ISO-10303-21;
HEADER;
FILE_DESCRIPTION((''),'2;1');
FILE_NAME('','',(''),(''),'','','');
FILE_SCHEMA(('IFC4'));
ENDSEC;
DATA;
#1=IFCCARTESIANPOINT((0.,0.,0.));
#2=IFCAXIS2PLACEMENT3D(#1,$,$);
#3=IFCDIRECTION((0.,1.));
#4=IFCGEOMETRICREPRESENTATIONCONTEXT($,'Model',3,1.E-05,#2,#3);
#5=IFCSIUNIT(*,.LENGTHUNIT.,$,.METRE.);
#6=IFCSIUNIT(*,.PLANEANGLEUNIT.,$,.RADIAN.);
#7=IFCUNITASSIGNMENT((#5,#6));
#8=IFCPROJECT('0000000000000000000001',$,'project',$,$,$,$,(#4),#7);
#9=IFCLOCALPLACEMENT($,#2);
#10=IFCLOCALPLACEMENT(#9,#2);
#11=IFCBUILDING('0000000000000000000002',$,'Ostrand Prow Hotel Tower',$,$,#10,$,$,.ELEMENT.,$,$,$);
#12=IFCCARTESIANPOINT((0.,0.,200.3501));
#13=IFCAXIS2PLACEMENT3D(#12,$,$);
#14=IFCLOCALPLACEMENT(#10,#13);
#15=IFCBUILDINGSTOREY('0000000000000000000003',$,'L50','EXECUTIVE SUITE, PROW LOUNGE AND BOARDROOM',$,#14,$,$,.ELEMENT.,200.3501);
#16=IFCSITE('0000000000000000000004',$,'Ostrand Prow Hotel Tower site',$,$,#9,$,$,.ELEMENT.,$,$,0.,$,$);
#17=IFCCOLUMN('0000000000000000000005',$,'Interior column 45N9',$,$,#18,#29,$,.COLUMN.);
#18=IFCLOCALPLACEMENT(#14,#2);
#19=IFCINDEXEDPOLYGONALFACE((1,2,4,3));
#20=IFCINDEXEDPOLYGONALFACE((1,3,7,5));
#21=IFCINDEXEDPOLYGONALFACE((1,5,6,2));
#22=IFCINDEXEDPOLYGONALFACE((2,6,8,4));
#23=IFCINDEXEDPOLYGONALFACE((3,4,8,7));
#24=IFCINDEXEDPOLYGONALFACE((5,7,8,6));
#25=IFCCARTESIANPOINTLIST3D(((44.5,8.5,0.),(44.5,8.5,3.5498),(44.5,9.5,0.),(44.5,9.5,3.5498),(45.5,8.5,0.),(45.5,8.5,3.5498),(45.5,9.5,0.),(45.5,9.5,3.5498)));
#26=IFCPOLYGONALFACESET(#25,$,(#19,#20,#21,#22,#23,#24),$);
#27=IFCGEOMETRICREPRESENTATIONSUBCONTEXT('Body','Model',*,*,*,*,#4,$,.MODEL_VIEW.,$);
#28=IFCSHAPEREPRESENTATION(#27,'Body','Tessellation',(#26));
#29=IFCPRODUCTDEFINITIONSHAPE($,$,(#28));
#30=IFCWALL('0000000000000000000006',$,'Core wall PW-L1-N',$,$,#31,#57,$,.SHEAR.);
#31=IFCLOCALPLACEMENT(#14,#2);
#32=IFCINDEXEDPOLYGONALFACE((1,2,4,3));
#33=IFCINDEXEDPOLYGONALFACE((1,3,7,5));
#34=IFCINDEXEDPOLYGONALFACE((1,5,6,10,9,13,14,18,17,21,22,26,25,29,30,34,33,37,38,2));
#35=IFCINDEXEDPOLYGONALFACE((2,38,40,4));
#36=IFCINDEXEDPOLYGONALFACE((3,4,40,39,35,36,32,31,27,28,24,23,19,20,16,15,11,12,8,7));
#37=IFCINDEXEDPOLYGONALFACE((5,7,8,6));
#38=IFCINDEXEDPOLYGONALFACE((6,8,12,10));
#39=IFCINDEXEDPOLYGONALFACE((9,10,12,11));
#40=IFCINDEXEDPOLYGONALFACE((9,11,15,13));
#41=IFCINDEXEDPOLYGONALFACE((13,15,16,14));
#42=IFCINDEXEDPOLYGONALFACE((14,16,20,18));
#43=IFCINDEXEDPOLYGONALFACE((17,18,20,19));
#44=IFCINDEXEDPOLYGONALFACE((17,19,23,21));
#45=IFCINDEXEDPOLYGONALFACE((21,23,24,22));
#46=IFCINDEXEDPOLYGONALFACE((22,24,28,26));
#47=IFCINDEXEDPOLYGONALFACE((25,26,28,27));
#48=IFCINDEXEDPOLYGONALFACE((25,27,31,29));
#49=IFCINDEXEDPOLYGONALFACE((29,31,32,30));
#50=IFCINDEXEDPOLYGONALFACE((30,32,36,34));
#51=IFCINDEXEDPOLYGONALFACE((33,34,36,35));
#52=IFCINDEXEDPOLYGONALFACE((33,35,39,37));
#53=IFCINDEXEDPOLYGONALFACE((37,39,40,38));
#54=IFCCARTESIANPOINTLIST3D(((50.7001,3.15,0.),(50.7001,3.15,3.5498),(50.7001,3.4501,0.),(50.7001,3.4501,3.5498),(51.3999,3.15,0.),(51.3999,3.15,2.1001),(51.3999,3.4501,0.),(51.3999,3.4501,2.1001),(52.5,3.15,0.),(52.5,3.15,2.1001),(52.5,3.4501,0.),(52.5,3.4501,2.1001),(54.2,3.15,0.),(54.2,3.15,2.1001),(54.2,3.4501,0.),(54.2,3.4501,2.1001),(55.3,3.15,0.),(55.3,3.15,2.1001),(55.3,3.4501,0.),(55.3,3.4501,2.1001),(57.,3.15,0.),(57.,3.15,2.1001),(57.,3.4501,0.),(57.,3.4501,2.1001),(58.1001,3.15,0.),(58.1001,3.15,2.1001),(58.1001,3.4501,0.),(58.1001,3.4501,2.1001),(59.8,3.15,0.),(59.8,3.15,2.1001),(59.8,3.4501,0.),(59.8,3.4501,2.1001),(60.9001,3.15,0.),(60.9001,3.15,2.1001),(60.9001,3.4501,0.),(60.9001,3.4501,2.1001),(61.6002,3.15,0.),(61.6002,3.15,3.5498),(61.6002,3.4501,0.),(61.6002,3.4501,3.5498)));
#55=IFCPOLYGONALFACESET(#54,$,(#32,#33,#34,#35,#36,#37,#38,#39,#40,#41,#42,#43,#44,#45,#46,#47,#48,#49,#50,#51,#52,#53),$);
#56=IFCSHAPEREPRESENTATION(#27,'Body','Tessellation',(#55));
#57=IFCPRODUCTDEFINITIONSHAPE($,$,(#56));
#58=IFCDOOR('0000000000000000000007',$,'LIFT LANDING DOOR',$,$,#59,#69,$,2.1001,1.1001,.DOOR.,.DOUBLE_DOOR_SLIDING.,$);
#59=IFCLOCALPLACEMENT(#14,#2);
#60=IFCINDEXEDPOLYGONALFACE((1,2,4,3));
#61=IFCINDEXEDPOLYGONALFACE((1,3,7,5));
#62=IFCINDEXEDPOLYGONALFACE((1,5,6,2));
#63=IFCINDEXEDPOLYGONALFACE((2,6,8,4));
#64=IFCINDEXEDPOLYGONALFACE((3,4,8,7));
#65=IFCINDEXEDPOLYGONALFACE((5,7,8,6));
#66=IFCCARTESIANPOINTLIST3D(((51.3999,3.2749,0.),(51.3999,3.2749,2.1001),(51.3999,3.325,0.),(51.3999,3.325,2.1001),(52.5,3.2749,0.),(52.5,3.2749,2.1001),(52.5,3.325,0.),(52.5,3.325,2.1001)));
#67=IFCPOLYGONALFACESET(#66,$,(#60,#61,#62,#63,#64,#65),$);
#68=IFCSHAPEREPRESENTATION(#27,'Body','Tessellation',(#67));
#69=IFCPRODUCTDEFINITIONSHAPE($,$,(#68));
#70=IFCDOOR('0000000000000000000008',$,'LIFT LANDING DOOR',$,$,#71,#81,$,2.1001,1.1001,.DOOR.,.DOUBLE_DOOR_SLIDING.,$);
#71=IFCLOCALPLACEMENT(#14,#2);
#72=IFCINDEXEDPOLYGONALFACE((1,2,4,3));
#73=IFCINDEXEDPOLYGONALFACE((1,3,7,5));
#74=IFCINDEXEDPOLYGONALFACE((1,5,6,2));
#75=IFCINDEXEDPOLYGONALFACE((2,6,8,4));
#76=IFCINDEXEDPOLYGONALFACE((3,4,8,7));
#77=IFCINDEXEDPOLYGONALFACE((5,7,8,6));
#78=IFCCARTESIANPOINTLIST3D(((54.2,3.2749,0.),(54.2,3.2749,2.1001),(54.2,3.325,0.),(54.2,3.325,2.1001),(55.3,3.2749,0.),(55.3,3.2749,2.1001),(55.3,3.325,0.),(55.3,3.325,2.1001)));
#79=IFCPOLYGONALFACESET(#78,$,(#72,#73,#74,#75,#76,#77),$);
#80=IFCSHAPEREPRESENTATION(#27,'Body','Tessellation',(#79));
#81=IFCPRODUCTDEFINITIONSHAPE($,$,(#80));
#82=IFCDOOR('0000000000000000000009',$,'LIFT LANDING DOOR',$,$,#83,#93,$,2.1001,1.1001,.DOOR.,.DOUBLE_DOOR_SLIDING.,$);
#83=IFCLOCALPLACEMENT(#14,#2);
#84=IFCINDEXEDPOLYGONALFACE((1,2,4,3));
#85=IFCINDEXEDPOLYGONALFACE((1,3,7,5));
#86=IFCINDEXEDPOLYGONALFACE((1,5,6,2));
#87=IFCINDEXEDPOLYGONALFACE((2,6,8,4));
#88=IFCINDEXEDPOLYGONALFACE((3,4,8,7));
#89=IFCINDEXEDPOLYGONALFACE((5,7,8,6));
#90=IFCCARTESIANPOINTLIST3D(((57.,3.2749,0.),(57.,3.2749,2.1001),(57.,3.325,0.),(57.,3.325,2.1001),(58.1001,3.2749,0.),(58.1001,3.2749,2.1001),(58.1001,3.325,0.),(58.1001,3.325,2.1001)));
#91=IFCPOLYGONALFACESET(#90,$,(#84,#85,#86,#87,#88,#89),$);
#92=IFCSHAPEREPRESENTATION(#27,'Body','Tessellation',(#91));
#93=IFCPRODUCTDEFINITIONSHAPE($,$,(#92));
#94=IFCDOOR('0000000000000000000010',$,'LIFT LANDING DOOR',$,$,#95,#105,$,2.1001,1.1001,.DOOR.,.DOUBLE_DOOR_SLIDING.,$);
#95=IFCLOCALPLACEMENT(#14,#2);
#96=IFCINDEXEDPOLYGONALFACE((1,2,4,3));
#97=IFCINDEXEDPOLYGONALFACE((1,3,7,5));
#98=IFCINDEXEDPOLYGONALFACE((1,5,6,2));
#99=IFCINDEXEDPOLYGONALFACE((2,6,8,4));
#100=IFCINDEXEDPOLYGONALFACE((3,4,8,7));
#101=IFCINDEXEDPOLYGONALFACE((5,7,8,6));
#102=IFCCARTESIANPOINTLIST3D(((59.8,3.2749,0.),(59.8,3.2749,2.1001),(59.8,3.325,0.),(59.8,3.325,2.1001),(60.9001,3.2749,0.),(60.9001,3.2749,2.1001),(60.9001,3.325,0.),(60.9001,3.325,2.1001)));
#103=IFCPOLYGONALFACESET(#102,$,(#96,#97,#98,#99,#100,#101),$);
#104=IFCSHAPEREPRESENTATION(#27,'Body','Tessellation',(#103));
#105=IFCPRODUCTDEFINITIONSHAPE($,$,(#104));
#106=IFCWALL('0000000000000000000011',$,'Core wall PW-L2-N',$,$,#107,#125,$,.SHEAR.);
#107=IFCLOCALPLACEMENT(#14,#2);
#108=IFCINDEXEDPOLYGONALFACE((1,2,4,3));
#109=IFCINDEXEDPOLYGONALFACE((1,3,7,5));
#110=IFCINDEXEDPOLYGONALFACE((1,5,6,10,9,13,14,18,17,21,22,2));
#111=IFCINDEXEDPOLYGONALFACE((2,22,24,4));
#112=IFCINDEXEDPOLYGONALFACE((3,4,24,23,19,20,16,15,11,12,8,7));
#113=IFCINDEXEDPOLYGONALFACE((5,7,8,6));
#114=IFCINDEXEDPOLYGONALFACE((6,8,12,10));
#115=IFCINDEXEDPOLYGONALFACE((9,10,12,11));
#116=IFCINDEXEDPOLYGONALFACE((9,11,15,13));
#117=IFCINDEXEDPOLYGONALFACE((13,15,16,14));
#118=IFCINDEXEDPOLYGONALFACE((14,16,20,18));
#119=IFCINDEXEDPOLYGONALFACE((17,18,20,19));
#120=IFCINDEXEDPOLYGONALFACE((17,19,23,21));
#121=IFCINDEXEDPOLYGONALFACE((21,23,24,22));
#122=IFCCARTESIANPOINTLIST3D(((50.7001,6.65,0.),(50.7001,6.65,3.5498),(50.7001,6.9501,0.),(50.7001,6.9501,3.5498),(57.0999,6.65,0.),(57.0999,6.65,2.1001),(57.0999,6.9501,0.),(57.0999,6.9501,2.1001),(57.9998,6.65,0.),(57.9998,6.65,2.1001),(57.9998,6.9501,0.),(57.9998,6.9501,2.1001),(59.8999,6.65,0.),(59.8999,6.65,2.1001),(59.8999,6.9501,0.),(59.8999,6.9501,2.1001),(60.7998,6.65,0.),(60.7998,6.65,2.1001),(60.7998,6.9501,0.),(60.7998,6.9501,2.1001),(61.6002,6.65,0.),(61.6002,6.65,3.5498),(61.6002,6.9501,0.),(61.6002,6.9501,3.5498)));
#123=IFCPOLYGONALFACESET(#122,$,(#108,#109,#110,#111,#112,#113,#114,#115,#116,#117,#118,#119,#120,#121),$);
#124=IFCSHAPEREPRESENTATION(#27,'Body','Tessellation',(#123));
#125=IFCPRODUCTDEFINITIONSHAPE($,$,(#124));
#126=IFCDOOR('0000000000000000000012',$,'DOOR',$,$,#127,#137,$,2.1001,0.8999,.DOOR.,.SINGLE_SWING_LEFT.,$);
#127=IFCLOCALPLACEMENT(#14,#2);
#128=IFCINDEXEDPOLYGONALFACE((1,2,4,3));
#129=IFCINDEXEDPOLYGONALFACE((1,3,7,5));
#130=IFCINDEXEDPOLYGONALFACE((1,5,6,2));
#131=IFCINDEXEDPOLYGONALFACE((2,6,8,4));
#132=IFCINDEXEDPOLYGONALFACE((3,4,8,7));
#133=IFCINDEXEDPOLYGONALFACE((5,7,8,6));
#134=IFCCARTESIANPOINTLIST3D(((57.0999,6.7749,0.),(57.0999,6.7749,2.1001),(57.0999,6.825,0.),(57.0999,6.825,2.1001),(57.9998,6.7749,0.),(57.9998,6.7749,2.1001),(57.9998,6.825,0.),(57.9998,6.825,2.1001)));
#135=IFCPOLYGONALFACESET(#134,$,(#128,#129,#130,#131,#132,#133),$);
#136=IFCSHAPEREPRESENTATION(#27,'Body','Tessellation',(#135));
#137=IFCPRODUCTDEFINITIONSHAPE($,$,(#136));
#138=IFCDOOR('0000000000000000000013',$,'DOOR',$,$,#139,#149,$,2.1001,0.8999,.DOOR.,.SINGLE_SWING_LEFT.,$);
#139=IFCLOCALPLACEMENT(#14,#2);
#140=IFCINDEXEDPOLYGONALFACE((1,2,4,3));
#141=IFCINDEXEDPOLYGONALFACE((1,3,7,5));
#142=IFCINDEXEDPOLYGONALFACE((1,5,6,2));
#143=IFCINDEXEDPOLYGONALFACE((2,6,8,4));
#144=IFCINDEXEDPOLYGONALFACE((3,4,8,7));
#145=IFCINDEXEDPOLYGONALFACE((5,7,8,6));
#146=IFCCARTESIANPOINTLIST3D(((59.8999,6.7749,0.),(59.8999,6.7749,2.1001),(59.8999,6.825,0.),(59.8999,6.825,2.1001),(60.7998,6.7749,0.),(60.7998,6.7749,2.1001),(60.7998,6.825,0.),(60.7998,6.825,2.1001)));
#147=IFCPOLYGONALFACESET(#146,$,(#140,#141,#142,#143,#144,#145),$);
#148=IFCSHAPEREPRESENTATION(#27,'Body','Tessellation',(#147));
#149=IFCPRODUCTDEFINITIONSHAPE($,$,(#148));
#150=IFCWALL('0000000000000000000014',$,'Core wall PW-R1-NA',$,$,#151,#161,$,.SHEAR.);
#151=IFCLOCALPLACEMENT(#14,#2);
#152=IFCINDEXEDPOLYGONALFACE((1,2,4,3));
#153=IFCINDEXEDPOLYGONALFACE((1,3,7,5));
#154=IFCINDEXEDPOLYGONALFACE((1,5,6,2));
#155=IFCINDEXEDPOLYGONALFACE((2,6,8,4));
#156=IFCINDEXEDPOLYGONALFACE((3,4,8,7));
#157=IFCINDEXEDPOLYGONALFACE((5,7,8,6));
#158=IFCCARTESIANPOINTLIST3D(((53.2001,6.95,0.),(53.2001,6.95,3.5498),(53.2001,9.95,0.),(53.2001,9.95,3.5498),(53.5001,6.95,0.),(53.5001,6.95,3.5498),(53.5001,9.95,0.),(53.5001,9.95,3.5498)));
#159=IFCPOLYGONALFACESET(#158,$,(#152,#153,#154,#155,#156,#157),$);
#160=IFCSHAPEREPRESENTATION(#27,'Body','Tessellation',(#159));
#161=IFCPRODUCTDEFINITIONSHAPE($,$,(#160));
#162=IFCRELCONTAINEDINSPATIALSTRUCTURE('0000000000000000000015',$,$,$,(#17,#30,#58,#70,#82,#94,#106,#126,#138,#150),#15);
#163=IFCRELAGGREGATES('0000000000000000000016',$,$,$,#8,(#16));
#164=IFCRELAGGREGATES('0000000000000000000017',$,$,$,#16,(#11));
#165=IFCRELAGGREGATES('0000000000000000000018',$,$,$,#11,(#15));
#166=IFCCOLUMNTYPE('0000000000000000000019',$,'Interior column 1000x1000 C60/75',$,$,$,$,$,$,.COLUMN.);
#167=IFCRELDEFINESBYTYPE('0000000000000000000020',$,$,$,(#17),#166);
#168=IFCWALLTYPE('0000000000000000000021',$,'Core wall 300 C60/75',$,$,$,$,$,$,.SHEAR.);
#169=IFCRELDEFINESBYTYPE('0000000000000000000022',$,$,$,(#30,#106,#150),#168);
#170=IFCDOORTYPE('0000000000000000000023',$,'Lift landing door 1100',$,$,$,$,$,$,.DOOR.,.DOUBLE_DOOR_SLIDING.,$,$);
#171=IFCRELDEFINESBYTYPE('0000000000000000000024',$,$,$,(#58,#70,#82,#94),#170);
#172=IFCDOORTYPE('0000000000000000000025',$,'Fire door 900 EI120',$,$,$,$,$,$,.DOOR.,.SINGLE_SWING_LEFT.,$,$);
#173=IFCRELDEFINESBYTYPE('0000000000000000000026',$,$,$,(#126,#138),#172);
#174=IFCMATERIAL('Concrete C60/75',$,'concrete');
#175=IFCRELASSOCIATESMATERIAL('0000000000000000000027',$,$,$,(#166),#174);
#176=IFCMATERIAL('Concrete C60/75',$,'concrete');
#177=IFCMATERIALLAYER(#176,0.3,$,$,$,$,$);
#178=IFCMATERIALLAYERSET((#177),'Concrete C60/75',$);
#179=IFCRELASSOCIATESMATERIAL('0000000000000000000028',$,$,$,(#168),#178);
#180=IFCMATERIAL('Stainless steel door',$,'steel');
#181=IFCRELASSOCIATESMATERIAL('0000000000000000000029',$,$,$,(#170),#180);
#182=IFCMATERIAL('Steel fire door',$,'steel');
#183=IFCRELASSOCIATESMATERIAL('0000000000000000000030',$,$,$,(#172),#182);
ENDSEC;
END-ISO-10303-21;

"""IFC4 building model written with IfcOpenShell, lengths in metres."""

from ifc_helpers import new_model, si_unit, direction, frame, frame_2d, origin, origin_2d, place, context, subcontext, project, spatial, rectangle, extrude, material, layer, layer_set, material_profile, profile_set, type_object, element, fill, save


model = new_model("IFC4")

# Units and contexts
model_context = context("Model", 3, precision=1e-05, world=origin(), true_north=direction((0.0, 1.0)))
body_context = subcontext(model_context, "Body", "Model", "MODEL_VIEW")
ifc_project = project(units=[si_unit("LENGTHUNIT", "METRE"), si_unit("PLANEANGLEUNIT", "RADIAN")], contexts=[model_context])

# Site, building, storey
site_placement = place(None, origin())
site = spatial("IfcSite", under=ifc_project, at=site_placement, Name="Ostrand Prow Hotel Tower site", CompositionType="ELEMENT", RefElevation=0.0)
building_placement = place(site_placement, origin())
building = spatial("IfcBuilding", under=site, at=building_placement, Name="Ostrand Prow Hotel Tower", CompositionType="ELEMENT")
storey_placement = place(building_placement, frame((0.0, 0.0, 200.3501)))
storey = spatial("IfcBuildingStorey", under=building, at=storey_placement, Name="L50", Description="EXECUTIVE SUITE, PROW LOUNGE AND BOARDROOM", CompositionType="ELEMENT", Elevation=200.3501)

# Column
ifc_material_1 = material(Name="Concrete C60/75", Category="concrete")
ifc_material_profile = material_profile(ifc_material_1, rectangle(XDim=1.0, YDim=1.0, at=origin_2d()), Name="RC 1000x1000")
ifc_profile_set = profile_set([ifc_material_profile], Name="Concrete C60/75")
column_type = type_object("IfcColumnType", Name="Interior column 1000x1000 C60/75", PredefinedType="COLUMN", material=ifc_profile_set)
column_placement = place(storey_placement, frame((45.0, 9.0, 0.0), z_axis=(0.0, 0.0, 1.0), x_axis=(1.0, 0.0, 0.0)))
element("IfcColumn", 1, at=column_placement, inside=storey, type_object=column_type, Name="Interior column 45N9", PredefinedType="COLUMN", context=body_context, shape_type="SweptSolid", body=[
    extrude(rectangle(XDim=1.0, YDim=1.0, at=origin_2d()), origin(), (0.0, 0.0, 1.0), 3.5498),
])

# Walls, openings, doors
ifc_material_2 = material(Name="Concrete C60/75", Category="concrete")
ifc_layer_1 = layer(ifc_material_2, 0.3)
ifc_layer_set_1 = layer_set([ifc_layer_1], Name="Concrete C60/75")
wall_type_1 = type_object("IfcWallType", Name="Core wall 300 C60/75", PredefinedType="SHEAR", material=ifc_layer_set_1)
wall_1_placement = place(storey_placement, frame((50.7, 3.3, 0.0), z_axis=(0.0, 0.0, 1.0), x_axis=(1.0, 0.0, 0.0)))
wall_1 = element("IfcWall", 2, at=wall_1_placement, inside=storey, type_object=wall_type_1, Name="Core wall PW-L1-N", PredefinedType="SHEAR", context=body_context, shape_type="SweptSolid", body=[
    extrude(rectangle(XDim=10.9001, YDim=0.3, at=frame_2d((5.4502, 0.0))), origin(), (0.0, 0.0, 1.0), 3.5498),
])
opening_1_placement = place(wall_1_placement, frame((0.7, 0.0, 0.0)))
opening_1 = element("IfcOpeningElement", 3, at=opening_1_placement, cuts=wall_1, PredefinedType="OPENING", context=body_context, shape_type="SweptSolid", body=[
    extrude(rectangle(XDim=1.1001, YDim=2.1001, at=frame_2d((0.55, 1.05))), frame((0.0, 0.1599, 0.0), z_axis=(0.0, -1.0, 0.0), x_axis=(1.0, 0.0, 0.0)), (0.0, 0.0, 1.0), 0.3201),
])
opening_2_placement = place(wall_1_placement, frame((3.5, 0.0, 0.0)))
opening_2 = element("IfcOpeningElement", 4, at=opening_2_placement, cuts=wall_1, PredefinedType="OPENING", context=body_context, shape_type="SweptSolid", body=[
    extrude(rectangle(XDim=1.1001, YDim=2.1001, at=frame_2d((0.55, 1.05))), frame((0.0, 0.1599, 0.0), z_axis=(0.0, -1.0, 0.0), x_axis=(1.0, 0.0, 0.0)), (0.0, 0.0, 1.0), 0.3201),
])
opening_3_placement = place(wall_1_placement, frame((6.3, 0.0, 0.0)))
opening_3 = element("IfcOpeningElement", 5, at=opening_3_placement, cuts=wall_1, PredefinedType="OPENING", context=body_context, shape_type="SweptSolid", body=[
    extrude(rectangle(XDim=1.1001, YDim=2.1001, at=frame_2d((0.55, 1.05))), frame((0.0, 0.1599, 0.0), z_axis=(0.0, -1.0, 0.0), x_axis=(1.0, 0.0, 0.0)), (0.0, 0.0, 1.0), 0.3201),
])
opening_4_placement = place(wall_1_placement, frame((9.1001, 0.0, 0.0)))
opening_4 = element("IfcOpeningElement", 6, at=opening_4_placement, cuts=wall_1, PredefinedType="OPENING", context=body_context, shape_type="SweptSolid", body=[
    extrude(rectangle(XDim=1.1001, YDim=2.1001, at=frame_2d((0.55, 1.05))), frame((0.0, 0.1599, 0.0), z_axis=(0.0, -1.0, 0.0), x_axis=(1.0, 0.0, 0.0)), (0.0, 0.0, 1.0), 0.3201),
])
ifc_material_3 = material(Name="Stainless steel door", Category="steel")
door_type_1 = type_object("IfcDoorType", Name="Lift landing door 1100", OperationType="DOUBLE_DOOR_SLIDING", PredefinedType="DOOR", material=ifc_material_3)
door_1_placement = place(opening_1_placement, origin())
door_1 = element("IfcDoor", 7, at=door_1_placement, inside=storey, type_object=door_type_1, Name="LIFT LANDING DOOR", OperationType="DOUBLE_DOOR_SLIDING", OverallHeight=2.1001, OverallWidth=1.1001, PredefinedType="DOOR", context=body_context, shape_type="SweptSolid", body=[
    extrude(rectangle(XDim=1.1001, YDim=2.1001, at=frame_2d((0.55, 1.05))), frame((0.0, 0.0249, 0.0), z_axis=(0.0, -1.0, 0.0), x_axis=(1.0, 0.0, 0.0)), (0.0, 0.0, 1.0), 0.05),
])
fill(opening_1, door_1)
door_2_placement = place(opening_2_placement, origin())
door_2 = element("IfcDoor", 8, at=door_2_placement, inside=storey, type_object=door_type_1, Name="LIFT LANDING DOOR", OperationType="DOUBLE_DOOR_SLIDING", OverallHeight=2.1001, OverallWidth=1.1001, PredefinedType="DOOR", context=body_context, shape_type="SweptSolid", body=[
    extrude(rectangle(XDim=1.1001, YDim=2.1001, at=frame_2d((0.55, 1.05))), frame((0.0, 0.0249, 0.0), z_axis=(0.0, -1.0, 0.0), x_axis=(1.0, 0.0, 0.0)), (0.0, 0.0, 1.0), 0.05),
])
fill(opening_2, door_2)
door_3_placement = place(opening_3_placement, origin())
door_3 = element("IfcDoor", 9, at=door_3_placement, inside=storey, type_object=door_type_1, Name="LIFT LANDING DOOR", OperationType="DOUBLE_DOOR_SLIDING", OverallHeight=2.1001, OverallWidth=1.1001, PredefinedType="DOOR", context=body_context, shape_type="SweptSolid", body=[
    extrude(rectangle(XDim=1.1001, YDim=2.1001, at=frame_2d((0.55, 1.05))), frame((0.0, 0.0249, 0.0), z_axis=(0.0, -1.0, 0.0), x_axis=(1.0, 0.0, 0.0)), (0.0, 0.0, 1.0), 0.05),
])
fill(opening_3, door_3)
door_4_placement = place(opening_4_placement, origin())
door_4 = element("IfcDoor", 10, at=door_4_placement, inside=storey, type_object=door_type_1, Name="LIFT LANDING DOOR", OperationType="DOUBLE_DOOR_SLIDING", OverallHeight=2.1001, OverallWidth=1.1001, PredefinedType="DOOR", context=body_context, shape_type="SweptSolid", body=[
    extrude(rectangle(XDim=1.1001, YDim=2.1001, at=frame_2d((0.55, 1.05))), frame((0.0, 0.0249, 0.0), z_axis=(0.0, -1.0, 0.0), x_axis=(1.0, 0.0, 0.0)), (0.0, 0.0, 1.0), 0.05),
])
fill(opening_4, door_4)
wall_2_placement = place(storey_placement, frame((50.7, 6.8, 0.0), z_axis=(0.0, 0.0, 1.0), x_axis=(1.0, 0.0, 0.0)))
wall_2 = element("IfcWall", 11, at=wall_2_placement, inside=storey, type_object=wall_type_1, Name="Core wall PW-L2-N", PredefinedType="SHEAR", context=body_context, shape_type="SweptSolid", body=[
    extrude(rectangle(XDim=10.9001, YDim=0.3, at=frame_2d((5.4502, 0.0))), origin(), (0.0, 0.0, 1.0), 3.5498),
])
opening_5_placement = place(wall_2_placement, frame((6.3999, 0.0, 0.0)))
opening_5 = element("IfcOpeningElement", 12, at=opening_5_placement, cuts=wall_2, PredefinedType="OPENING", context=body_context, shape_type="SweptSolid", body=[
    extrude(rectangle(XDim=0.8999, YDim=2.1001, at=frame_2d((0.45, 1.05))), frame((0.0, 0.1599, 0.0), z_axis=(0.0, -1.0, 0.0), x_axis=(1.0, 0.0, 0.0)), (0.0, 0.0, 1.0), 0.3201),
])
opening_6_placement = place(wall_2_placement, frame((9.2, 0.0, 0.0)))
opening_6 = element("IfcOpeningElement", 13, at=opening_6_placement, cuts=wall_2, PredefinedType="OPENING", context=body_context, shape_type="SweptSolid", body=[
    extrude(rectangle(XDim=0.8999, YDim=2.1001, at=frame_2d((0.45, 1.05))), frame((0.0, 0.1599, 0.0), z_axis=(0.0, -1.0, 0.0), x_axis=(1.0, 0.0, 0.0)), (0.0, 0.0, 1.0), 0.3201),
])
ifc_material_4 = material(Name="Steel fire door", Category="steel")
door_type_2 = type_object("IfcDoorType", Name="Fire door 900 EI120", OperationType="SINGLE_SWING_LEFT", PredefinedType="DOOR", material=ifc_material_4)
door_5_placement = place(opening_5_placement, origin())
door_5 = element("IfcDoor", 14, at=door_5_placement, inside=storey, type_object=door_type_2, Name="DOOR", OperationType="SINGLE_SWING_LEFT", OverallHeight=2.1001, OverallWidth=0.8999, PredefinedType="DOOR", context=body_context, shape_type="SweptSolid", body=[
    extrude(rectangle(XDim=0.8999, YDim=2.1001, at=frame_2d((0.45, 1.05))), frame((0.0, 0.0249, 0.0), z_axis=(0.0, -1.0, 0.0), x_axis=(1.0, 0.0, 0.0)), (0.0, 0.0, 1.0), 0.05),
])
fill(opening_5, door_5)
door_6_placement = place(opening_6_placement, origin())
door_6 = element("IfcDoor", 15, at=door_6_placement, inside=storey, type_object=door_type_2, Name="DOOR", OperationType="SINGLE_SWING_LEFT", OverallHeight=2.1001, OverallWidth=0.8999, PredefinedType="DOOR", context=body_context, shape_type="SweptSolid", body=[
    extrude(rectangle(XDim=0.8999, YDim=2.1001, at=frame_2d((0.45, 1.05))), frame((0.0, 0.0249, 0.0), z_axis=(0.0, -1.0, 0.0), x_axis=(1.0, 0.0, 0.0)), (0.0, 0.0, 1.0), 0.05),
])
fill(opening_6, door_6)

# Wall
for number, where, z_axis, x_axis, name in (
    (16, (53.3501, 6.95, 0.0), (0.0, 0.0, 1.0), (0.0, 1.0, 0.0), "Core wall PW-R1-NA"),
):
    element("IfcWall", number, at=place(storey_placement, frame(where, z_axis=z_axis, x_axis=x_axis)), inside=storey, type_object=wall_type_1, Name=name, PredefinedType="SHEAR", context=body_context, shape_type="SweptSolid", body=[
        extrude(rectangle(XDim=3.0, YDim=0.3, at=frame_2d((1.5, 0.0))), origin(), (0.0, 0.0, 1.0), 3.5498),
    ])

save(model, "model.ifc")
